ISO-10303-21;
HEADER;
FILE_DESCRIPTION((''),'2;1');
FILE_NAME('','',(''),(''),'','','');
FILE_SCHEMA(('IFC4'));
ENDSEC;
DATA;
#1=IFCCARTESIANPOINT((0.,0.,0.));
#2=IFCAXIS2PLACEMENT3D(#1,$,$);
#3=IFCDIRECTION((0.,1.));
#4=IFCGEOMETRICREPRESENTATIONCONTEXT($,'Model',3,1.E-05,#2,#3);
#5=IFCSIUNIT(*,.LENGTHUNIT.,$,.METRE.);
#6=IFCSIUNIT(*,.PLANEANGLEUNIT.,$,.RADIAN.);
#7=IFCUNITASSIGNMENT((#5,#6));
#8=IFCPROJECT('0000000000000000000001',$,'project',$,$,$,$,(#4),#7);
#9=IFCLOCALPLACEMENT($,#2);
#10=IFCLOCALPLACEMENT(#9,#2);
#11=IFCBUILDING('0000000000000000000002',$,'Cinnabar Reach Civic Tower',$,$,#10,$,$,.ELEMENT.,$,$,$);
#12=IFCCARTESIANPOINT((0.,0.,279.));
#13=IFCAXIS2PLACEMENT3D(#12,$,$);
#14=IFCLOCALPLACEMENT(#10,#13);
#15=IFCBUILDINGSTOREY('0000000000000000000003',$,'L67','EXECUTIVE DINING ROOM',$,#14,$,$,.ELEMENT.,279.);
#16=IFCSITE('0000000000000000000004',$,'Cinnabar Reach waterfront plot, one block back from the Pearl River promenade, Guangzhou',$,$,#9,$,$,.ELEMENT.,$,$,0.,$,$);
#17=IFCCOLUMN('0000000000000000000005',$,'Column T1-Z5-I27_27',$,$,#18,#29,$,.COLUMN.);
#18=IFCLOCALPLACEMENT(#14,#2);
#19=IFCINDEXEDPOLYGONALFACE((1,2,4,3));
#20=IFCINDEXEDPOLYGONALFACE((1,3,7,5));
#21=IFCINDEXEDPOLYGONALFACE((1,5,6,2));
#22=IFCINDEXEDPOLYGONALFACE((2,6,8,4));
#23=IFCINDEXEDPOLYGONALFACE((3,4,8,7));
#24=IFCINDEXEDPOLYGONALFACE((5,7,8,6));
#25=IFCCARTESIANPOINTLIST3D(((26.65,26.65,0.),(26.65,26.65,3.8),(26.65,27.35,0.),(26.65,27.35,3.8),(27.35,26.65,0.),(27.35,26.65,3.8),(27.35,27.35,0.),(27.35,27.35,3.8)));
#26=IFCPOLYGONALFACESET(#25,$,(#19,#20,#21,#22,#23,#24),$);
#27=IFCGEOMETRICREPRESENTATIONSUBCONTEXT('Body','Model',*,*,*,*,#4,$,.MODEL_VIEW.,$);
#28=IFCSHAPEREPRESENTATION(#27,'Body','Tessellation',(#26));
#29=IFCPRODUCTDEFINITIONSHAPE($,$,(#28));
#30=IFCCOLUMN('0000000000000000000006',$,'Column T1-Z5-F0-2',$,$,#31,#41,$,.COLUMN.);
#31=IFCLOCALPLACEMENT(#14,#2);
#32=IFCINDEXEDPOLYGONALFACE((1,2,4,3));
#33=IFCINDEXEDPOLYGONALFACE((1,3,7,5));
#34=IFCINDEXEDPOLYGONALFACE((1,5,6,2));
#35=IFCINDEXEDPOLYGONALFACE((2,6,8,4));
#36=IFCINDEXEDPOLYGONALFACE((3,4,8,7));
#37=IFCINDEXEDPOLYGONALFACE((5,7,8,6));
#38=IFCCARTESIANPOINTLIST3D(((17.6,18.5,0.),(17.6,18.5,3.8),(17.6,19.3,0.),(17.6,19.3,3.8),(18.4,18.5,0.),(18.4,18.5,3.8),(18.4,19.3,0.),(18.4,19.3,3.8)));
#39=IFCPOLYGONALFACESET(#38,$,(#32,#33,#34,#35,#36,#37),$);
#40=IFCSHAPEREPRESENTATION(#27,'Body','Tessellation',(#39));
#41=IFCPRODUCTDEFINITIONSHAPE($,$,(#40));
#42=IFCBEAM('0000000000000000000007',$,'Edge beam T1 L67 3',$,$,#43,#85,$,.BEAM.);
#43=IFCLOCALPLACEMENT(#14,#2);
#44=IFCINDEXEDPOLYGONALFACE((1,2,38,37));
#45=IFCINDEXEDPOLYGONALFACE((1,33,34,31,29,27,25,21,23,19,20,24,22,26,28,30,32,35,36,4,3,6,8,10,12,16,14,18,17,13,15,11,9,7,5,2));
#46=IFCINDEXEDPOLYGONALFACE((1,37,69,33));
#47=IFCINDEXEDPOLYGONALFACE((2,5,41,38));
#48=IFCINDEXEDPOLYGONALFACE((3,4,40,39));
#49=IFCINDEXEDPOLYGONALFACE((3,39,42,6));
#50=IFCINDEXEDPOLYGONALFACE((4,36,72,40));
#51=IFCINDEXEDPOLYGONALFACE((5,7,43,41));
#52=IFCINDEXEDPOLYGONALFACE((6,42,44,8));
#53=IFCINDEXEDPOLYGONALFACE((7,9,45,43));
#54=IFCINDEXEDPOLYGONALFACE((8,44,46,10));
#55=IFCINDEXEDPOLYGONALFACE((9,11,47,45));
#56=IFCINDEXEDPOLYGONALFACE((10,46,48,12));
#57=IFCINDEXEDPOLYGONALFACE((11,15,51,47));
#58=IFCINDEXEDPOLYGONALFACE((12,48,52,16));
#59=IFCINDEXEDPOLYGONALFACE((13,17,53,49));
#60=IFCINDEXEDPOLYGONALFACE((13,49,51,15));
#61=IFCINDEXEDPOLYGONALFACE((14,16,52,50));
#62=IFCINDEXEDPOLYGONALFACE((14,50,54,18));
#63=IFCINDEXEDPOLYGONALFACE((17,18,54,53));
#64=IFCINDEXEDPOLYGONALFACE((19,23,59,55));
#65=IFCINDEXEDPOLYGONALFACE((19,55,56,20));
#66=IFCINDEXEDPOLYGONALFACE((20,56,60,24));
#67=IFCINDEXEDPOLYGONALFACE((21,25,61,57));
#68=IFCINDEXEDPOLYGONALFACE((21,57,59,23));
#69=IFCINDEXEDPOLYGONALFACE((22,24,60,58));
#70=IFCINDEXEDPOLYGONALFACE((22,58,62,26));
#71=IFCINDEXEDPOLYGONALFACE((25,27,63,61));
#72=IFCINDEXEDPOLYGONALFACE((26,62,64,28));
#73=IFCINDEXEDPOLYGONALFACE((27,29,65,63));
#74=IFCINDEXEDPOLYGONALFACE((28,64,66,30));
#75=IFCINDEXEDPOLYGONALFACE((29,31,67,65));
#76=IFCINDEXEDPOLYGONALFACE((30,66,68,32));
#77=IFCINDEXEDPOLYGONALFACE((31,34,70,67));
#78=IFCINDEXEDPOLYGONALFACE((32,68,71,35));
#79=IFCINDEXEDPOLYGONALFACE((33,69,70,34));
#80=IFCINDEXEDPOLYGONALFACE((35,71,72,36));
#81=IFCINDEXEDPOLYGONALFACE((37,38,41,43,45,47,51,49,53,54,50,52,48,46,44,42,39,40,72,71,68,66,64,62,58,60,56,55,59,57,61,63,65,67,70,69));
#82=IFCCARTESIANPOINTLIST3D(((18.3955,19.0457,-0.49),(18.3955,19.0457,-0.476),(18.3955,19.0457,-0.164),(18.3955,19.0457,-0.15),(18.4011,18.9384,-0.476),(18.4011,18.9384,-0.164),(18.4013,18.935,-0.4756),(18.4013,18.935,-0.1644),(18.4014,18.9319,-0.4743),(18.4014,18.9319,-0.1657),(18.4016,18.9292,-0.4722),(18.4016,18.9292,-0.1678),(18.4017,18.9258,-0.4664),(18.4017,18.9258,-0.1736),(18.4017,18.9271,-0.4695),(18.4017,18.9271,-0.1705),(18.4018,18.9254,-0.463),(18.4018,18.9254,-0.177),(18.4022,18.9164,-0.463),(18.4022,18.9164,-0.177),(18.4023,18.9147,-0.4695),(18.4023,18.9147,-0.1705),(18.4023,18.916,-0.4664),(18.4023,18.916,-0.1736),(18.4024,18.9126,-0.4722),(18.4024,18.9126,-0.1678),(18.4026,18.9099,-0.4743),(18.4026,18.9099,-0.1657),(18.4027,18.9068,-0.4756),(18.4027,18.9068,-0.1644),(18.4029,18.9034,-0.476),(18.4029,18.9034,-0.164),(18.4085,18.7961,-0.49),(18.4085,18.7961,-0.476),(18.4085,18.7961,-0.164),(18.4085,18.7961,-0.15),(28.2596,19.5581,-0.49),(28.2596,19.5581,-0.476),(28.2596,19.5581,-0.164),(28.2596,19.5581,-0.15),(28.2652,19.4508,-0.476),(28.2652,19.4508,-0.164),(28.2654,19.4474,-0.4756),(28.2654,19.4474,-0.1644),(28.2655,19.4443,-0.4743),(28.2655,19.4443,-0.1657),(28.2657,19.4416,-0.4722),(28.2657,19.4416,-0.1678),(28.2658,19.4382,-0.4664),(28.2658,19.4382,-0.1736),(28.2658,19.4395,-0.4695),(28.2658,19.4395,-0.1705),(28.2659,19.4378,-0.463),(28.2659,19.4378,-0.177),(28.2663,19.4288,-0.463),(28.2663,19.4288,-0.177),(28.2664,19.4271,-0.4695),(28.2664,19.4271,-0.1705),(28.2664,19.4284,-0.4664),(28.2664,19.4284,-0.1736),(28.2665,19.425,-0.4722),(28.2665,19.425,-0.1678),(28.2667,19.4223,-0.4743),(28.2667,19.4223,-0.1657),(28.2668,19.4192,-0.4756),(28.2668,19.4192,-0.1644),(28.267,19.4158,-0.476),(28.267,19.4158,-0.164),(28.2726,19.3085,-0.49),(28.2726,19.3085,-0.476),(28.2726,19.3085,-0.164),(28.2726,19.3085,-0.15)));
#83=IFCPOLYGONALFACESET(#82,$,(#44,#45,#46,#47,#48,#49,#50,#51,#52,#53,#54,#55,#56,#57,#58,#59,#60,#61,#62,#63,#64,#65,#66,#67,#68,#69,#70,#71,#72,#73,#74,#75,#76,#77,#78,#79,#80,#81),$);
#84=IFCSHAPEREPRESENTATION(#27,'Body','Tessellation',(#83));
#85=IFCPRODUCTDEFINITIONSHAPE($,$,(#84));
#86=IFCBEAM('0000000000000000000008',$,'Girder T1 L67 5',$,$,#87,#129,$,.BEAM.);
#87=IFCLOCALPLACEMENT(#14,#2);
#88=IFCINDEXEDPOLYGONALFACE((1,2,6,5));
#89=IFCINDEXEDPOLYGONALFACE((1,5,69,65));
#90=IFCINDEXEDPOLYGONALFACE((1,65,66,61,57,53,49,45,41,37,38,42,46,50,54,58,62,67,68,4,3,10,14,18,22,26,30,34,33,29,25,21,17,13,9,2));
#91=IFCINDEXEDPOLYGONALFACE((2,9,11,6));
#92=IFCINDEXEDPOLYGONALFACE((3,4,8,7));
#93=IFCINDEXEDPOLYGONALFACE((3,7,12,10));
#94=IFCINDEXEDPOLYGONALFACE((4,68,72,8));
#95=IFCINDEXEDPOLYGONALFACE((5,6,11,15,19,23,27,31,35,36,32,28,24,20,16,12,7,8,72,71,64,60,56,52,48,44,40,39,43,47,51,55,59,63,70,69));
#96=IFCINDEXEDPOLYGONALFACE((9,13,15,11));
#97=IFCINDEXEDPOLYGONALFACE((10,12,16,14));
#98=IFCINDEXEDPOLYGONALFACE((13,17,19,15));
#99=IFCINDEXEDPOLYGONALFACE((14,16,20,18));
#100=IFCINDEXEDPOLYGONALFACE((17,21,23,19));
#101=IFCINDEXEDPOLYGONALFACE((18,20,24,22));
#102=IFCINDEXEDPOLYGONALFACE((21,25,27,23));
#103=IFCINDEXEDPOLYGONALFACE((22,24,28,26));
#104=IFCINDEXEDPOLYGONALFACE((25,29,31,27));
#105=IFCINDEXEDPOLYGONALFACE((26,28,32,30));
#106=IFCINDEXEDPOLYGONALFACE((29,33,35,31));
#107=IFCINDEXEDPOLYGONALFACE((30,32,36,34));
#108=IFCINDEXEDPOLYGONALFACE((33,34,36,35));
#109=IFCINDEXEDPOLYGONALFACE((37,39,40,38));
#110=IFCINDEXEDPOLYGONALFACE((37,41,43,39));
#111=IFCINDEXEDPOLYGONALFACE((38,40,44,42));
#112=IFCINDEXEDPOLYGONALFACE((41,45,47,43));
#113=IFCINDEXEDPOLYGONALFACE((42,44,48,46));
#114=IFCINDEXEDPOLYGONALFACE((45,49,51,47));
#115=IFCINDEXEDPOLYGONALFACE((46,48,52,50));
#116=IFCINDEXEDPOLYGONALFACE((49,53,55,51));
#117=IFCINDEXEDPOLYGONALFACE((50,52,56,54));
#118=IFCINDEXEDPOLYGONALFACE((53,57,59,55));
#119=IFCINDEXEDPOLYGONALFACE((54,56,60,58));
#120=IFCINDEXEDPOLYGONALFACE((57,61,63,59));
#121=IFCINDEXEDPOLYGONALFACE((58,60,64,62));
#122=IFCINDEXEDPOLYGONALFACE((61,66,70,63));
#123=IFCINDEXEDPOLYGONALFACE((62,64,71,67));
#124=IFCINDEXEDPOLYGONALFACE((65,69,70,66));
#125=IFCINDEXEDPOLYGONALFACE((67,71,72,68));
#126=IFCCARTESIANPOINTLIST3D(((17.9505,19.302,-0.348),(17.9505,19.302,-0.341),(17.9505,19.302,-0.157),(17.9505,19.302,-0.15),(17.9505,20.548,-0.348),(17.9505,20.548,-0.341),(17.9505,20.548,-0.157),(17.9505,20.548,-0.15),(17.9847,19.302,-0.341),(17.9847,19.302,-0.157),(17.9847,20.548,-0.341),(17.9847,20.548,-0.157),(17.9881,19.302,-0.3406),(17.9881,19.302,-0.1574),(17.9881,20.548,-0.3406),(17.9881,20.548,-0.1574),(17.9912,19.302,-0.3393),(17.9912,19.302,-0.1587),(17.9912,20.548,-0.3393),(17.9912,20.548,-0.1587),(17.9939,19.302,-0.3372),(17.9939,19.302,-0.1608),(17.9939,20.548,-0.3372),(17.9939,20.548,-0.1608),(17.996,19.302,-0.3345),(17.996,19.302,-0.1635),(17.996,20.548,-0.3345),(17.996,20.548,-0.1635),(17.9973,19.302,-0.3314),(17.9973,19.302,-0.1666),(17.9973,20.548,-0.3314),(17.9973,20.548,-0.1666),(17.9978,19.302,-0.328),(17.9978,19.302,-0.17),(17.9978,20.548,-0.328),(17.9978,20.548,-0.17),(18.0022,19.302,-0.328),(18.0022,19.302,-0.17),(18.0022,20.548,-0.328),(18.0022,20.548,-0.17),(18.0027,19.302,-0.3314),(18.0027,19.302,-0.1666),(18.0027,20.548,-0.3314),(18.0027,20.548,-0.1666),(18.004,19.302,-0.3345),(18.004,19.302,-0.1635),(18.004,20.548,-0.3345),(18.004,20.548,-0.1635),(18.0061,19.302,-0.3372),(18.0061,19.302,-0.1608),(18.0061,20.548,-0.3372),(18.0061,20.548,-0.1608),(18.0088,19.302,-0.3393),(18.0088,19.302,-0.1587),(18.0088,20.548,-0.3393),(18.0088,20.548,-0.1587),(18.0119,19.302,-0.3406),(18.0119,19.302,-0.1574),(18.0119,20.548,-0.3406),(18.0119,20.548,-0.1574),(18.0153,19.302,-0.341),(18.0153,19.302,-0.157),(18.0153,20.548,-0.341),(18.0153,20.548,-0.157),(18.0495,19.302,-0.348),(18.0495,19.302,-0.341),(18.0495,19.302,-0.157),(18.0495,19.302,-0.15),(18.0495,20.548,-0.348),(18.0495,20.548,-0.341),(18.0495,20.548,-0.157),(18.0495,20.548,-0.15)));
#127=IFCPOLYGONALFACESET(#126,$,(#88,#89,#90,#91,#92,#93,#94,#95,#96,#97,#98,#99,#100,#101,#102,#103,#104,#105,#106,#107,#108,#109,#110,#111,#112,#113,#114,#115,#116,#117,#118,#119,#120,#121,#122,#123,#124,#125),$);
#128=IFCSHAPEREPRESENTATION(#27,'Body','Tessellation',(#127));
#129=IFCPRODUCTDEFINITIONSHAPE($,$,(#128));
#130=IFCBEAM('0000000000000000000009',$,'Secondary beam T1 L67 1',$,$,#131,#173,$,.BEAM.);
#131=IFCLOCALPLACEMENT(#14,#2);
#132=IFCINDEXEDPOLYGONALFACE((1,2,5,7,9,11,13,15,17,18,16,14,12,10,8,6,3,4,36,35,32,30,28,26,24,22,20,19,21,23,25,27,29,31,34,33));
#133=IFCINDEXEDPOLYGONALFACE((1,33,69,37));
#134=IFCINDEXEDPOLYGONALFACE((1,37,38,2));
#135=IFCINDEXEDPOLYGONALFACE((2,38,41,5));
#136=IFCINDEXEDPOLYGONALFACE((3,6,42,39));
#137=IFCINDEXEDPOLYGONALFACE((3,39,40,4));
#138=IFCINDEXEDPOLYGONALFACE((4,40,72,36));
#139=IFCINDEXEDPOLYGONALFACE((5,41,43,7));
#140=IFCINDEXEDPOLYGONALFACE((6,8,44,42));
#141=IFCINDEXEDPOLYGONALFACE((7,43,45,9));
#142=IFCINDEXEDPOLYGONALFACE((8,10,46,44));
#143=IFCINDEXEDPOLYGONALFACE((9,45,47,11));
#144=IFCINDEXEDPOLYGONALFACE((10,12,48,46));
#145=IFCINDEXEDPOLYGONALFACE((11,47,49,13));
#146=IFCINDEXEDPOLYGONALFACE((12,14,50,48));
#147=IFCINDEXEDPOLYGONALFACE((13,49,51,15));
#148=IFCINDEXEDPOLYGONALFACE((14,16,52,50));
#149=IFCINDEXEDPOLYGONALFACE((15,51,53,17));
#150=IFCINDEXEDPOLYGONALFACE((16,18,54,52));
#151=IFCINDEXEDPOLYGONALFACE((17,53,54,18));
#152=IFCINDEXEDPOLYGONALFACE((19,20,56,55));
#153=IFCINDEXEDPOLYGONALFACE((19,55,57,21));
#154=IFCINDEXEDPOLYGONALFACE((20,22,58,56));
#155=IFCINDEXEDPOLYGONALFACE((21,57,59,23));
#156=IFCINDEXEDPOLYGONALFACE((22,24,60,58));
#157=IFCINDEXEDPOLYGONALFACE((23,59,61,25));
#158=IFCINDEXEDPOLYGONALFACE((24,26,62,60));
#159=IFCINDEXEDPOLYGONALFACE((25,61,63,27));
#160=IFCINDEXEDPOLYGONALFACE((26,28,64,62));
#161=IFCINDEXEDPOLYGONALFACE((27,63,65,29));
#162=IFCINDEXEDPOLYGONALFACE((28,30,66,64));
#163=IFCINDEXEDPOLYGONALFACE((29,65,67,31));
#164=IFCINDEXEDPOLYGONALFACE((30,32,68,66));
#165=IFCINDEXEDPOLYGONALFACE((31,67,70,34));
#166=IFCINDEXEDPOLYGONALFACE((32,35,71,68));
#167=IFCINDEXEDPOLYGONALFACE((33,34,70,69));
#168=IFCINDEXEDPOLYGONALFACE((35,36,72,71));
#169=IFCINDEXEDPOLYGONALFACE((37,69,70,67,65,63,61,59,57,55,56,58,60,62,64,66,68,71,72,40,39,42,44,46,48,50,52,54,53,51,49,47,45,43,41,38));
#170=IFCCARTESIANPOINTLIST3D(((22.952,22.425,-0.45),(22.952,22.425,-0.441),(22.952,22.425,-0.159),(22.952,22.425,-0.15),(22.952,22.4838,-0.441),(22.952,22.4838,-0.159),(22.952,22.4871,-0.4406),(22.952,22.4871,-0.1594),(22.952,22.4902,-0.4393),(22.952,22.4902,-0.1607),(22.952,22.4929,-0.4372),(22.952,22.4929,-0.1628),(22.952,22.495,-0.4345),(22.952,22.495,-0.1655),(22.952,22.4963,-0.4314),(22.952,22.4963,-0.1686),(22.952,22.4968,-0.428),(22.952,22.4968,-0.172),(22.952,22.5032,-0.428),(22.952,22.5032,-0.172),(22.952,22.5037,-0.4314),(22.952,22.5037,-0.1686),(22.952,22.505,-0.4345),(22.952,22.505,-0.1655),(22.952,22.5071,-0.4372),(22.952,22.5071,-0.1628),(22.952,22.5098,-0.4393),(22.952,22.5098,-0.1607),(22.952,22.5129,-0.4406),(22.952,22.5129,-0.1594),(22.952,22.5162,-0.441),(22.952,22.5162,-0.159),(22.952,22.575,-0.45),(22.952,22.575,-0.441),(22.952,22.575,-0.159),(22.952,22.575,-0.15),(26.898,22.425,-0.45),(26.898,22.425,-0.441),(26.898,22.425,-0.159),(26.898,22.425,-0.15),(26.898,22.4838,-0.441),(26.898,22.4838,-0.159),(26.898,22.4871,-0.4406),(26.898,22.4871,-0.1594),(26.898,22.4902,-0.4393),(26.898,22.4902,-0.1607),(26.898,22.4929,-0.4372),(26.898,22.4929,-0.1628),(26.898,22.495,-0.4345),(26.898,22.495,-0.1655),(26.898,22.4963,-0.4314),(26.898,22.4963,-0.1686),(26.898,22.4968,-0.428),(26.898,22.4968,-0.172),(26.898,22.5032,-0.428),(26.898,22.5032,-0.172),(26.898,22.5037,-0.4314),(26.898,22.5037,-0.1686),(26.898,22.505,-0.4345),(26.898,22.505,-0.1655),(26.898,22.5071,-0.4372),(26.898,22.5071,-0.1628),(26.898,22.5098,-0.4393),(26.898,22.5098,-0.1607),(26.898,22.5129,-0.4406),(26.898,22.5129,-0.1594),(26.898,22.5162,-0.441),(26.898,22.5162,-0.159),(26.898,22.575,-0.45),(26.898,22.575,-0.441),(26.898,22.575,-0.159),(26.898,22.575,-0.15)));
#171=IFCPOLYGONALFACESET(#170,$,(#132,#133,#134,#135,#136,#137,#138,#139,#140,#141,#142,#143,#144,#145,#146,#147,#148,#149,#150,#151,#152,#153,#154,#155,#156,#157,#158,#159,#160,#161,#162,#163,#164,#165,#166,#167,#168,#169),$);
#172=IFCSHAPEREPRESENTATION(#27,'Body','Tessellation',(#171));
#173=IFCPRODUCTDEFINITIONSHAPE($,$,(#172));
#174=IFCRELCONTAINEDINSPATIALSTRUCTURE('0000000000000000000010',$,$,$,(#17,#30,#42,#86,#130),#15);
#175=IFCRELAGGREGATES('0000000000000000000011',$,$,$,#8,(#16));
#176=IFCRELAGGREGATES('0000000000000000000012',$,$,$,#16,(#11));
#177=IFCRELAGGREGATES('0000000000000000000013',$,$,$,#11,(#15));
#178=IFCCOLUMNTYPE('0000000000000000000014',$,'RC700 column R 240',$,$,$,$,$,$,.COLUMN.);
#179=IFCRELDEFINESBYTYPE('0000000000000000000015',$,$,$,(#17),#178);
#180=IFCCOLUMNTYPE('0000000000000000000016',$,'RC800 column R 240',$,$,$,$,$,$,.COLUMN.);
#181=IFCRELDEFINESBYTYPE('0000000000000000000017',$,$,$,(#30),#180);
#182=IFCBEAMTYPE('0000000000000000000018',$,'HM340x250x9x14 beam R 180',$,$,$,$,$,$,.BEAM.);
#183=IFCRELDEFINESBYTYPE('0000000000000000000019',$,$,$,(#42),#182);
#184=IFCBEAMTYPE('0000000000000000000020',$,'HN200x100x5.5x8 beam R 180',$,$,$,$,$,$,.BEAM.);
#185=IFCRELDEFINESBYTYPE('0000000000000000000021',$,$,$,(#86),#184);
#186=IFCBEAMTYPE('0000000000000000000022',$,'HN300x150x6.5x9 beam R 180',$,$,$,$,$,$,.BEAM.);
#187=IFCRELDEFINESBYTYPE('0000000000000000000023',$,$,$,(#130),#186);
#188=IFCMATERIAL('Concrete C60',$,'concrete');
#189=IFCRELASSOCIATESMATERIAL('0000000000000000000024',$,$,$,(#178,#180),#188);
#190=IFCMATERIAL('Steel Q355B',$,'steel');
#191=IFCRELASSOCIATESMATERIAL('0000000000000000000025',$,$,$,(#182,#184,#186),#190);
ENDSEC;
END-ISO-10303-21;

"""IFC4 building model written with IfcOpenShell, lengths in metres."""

from ifc_helpers import new_model, si_unit, direction, frame, origin, origin_2d, place, context, subcontext, project, spatial, rectangle, i_section, extrude, material, material_profile, profile_set, type_object, element, save


model = new_model("IFC4")

# Units and contexts
model_context = context("Model", 3, precision=1e-05, world=origin(), true_north=direction((0.0, 1.0)))
body_context = subcontext(model_context, "Body", "Model", "MODEL_VIEW")
ifc_project = project(units=[si_unit("LENGTHUNIT", "METRE"), si_unit("PLANEANGLEUNIT", "RADIAN")], contexts=[model_context])

# Site, building, storey
site_placement = place(None, origin())
site = spatial("IfcSite", under=ifc_project, at=site_placement, Name="Cinnabar Reach waterfront plot, one block back from the Pearl River promenade, Guangzhou", CompositionType="ELEMENT", RefElevation=0.0)
building_placement = place(site_placement, origin())
building = spatial("IfcBuilding", under=site, at=building_placement, Name="Cinnabar Reach Civic Tower", CompositionType="ELEMENT")
storey_placement = place(building_placement, frame((0.0, 0.0, 279.0)))
storey = spatial("IfcBuildingStorey", under=building, at=storey_placement, Name="L67", Description="EXECUTIVE DINING ROOM", CompositionType="ELEMENT", Elevation=279.0)

# Columns
ifc_material_1 = material(Name="Concrete C60", Category="concrete")
ifc_material_profile_1 = material_profile(ifc_material_1, rectangle(XDim=0.7, YDim=0.7, at=origin_2d()), Name="RC700")
ifc_profile_set_1 = profile_set([ifc_material_profile_1], Name="Concrete C60")
column_type_1 = type_object("IfcColumnType", Name="RC700 column R 240", PredefinedType="COLUMN", material=ifc_profile_set_1)
column_1_placement = place(storey_placement, frame((27.0, 27.0, 0.0), z_axis=(0.0, 0.0, 1.0), x_axis=(1.0, 0.0, 0.0)))
element("IfcColumn", 1, at=column_1_placement, inside=storey, type_object=column_type_1, Name="Column T1-Z5-I27_27", PredefinedType="COLUMN", context=body_context, shape_type="SweptSolid", body=[
    extrude(rectangle(XDim=0.7, YDim=0.7, at=origin_2d()), origin(), (0.0, 0.0, 1.0), 3.8),
])
ifc_material_profile_2 = material_profile(ifc_material_1, rectangle(XDim=0.8, YDim=0.8, at=origin_2d()), Name="RC800")
ifc_profile_set_2 = profile_set([ifc_material_profile_2], Name="Concrete C60")
column_type_2 = type_object("IfcColumnType", Name="RC800 column R 240", PredefinedType="COLUMN", material=ifc_profile_set_2)
column_2_placement = place(storey_placement, frame((18.0, 18.9, 0.0), z_axis=(0.0, 0.0, 1.0), x_axis=(1.0, 0.0, 0.0)))
element("IfcColumn", 2, at=column_2_placement, inside=storey, type_object=column_type_2, Name="Column T1-Z5-F0-2", PredefinedType="COLUMN", context=body_context, shape_type="SweptSolid", body=[
    extrude(rectangle(XDim=0.8, YDim=0.8, at=origin_2d()), origin(), (0.0, 0.0, 1.0), 3.8),
])

# Beams
ifc_material_2 = material(Name="Steel Q355B", Category="steel")
ifc_material_profile_3 = material_profile(ifc_material_2, i_section(OverallWidth=0.25, OverallDepth=0.34, WebThickness=0.009, FlangeThickness=0.014, FilletRadius=0.013, at=origin_2d()), Name="HM340x250x9x14")
ifc_profile_set_3 = profile_set([ifc_material_profile_3], Name="Steel Q355B")
beam_type_1 = type_object("IfcBeamType", Name="HM340x250x9x14 beam R 180", PredefinedType="BEAM", material=ifc_profile_set_3)
beam_1_placement = place(storey_placement, frame((18.402, 18.9209, -0.32), z_axis=(0.998654, 0.051876, 0.0), x_axis=(-0.051876, 0.998654, 0.0)))
element("IfcBeam", 3, at=beam_1_placement, inside=storey, type_object=beam_type_1, Name="Edge beam T1 L67 3", PredefinedType="BEAM", context=body_context, shape_type="SweptSolid", body=[
    extrude(i_section(OverallWidth=0.25, OverallDepth=0.34, WebThickness=0.009, FlangeThickness=0.014, FilletRadius=0.013, at=origin_2d()), origin(), (0.0, 0.0, 1.0), 9.8774),
])
ifc_material_profile_4 = material_profile(ifc_material_2, i_section(OverallWidth=0.099, OverallDepth=0.198, WebThickness=0.0045, FlangeThickness=0.007, FilletRadius=0.013, at=origin_2d()), Name="HN200x100x5.5x8")
ifc_profile_set_4 = profile_set([ifc_material_profile_4], Name="Steel Q355B")
beam_type_2 = type_object("IfcBeamType", Name="HN200x100x5.5x8 beam R 180", PredefinedType="BEAM", material=ifc_profile_set_4)
beam_2_placement = place(storey_placement, frame((18.0, 19.302, -0.249), z_axis=(0.0, 1.0, 0.0), x_axis=(-1.0, 0.0, 0.0)))
element("IfcBeam", 4, at=beam_2_placement, inside=storey, type_object=beam_type_2, Name="Girder T1 L67 5", PredefinedType="BEAM", context=body_context, shape_type="SweptSolid", body=[
    extrude(i_section(OverallWidth=0.099, OverallDepth=0.198, WebThickness=0.0045, FlangeThickness=0.007, FilletRadius=0.013, at=origin_2d()), origin(), (0.0, 0.0, 1.0), 1.246),
])
ifc_material_profile_5 = material_profile(ifc_material_2, i_section(OverallWidth=0.15, OverallDepth=0.3, WebThickness=0.0065, FlangeThickness=0.009, FilletRadius=0.013, at=origin_2d()), Name="HN300x150x6.5x9")
ifc_profile_set_5 = profile_set([ifc_material_profile_5], Name="Steel Q355B")
beam_type_3 = type_object("IfcBeamType", Name="HN300x150x6.5x9 beam R 180", PredefinedType="BEAM", material=ifc_profile_set_5)
beam_3_placement = place(storey_placement, frame((22.952, 22.5, -0.3), z_axis=(1.0, 0.0, 0.0), x_axis=(0.0, 1.0, 0.0)))
element("IfcBeam", 5, at=beam_3_placement, inside=storey, type_object=beam_type_3, Name="Secondary beam T1 L67 1", PredefinedType="BEAM", context=body_context, shape_type="SweptSolid", body=[
    extrude(i_section(OverallWidth=0.15, OverallDepth=0.3, WebThickness=0.0065, FlangeThickness=0.009, FilletRadius=0.013, at=origin_2d()), origin(), (0.0, 0.0, 1.0), 3.946),
])

save(model, "model.ifc")
